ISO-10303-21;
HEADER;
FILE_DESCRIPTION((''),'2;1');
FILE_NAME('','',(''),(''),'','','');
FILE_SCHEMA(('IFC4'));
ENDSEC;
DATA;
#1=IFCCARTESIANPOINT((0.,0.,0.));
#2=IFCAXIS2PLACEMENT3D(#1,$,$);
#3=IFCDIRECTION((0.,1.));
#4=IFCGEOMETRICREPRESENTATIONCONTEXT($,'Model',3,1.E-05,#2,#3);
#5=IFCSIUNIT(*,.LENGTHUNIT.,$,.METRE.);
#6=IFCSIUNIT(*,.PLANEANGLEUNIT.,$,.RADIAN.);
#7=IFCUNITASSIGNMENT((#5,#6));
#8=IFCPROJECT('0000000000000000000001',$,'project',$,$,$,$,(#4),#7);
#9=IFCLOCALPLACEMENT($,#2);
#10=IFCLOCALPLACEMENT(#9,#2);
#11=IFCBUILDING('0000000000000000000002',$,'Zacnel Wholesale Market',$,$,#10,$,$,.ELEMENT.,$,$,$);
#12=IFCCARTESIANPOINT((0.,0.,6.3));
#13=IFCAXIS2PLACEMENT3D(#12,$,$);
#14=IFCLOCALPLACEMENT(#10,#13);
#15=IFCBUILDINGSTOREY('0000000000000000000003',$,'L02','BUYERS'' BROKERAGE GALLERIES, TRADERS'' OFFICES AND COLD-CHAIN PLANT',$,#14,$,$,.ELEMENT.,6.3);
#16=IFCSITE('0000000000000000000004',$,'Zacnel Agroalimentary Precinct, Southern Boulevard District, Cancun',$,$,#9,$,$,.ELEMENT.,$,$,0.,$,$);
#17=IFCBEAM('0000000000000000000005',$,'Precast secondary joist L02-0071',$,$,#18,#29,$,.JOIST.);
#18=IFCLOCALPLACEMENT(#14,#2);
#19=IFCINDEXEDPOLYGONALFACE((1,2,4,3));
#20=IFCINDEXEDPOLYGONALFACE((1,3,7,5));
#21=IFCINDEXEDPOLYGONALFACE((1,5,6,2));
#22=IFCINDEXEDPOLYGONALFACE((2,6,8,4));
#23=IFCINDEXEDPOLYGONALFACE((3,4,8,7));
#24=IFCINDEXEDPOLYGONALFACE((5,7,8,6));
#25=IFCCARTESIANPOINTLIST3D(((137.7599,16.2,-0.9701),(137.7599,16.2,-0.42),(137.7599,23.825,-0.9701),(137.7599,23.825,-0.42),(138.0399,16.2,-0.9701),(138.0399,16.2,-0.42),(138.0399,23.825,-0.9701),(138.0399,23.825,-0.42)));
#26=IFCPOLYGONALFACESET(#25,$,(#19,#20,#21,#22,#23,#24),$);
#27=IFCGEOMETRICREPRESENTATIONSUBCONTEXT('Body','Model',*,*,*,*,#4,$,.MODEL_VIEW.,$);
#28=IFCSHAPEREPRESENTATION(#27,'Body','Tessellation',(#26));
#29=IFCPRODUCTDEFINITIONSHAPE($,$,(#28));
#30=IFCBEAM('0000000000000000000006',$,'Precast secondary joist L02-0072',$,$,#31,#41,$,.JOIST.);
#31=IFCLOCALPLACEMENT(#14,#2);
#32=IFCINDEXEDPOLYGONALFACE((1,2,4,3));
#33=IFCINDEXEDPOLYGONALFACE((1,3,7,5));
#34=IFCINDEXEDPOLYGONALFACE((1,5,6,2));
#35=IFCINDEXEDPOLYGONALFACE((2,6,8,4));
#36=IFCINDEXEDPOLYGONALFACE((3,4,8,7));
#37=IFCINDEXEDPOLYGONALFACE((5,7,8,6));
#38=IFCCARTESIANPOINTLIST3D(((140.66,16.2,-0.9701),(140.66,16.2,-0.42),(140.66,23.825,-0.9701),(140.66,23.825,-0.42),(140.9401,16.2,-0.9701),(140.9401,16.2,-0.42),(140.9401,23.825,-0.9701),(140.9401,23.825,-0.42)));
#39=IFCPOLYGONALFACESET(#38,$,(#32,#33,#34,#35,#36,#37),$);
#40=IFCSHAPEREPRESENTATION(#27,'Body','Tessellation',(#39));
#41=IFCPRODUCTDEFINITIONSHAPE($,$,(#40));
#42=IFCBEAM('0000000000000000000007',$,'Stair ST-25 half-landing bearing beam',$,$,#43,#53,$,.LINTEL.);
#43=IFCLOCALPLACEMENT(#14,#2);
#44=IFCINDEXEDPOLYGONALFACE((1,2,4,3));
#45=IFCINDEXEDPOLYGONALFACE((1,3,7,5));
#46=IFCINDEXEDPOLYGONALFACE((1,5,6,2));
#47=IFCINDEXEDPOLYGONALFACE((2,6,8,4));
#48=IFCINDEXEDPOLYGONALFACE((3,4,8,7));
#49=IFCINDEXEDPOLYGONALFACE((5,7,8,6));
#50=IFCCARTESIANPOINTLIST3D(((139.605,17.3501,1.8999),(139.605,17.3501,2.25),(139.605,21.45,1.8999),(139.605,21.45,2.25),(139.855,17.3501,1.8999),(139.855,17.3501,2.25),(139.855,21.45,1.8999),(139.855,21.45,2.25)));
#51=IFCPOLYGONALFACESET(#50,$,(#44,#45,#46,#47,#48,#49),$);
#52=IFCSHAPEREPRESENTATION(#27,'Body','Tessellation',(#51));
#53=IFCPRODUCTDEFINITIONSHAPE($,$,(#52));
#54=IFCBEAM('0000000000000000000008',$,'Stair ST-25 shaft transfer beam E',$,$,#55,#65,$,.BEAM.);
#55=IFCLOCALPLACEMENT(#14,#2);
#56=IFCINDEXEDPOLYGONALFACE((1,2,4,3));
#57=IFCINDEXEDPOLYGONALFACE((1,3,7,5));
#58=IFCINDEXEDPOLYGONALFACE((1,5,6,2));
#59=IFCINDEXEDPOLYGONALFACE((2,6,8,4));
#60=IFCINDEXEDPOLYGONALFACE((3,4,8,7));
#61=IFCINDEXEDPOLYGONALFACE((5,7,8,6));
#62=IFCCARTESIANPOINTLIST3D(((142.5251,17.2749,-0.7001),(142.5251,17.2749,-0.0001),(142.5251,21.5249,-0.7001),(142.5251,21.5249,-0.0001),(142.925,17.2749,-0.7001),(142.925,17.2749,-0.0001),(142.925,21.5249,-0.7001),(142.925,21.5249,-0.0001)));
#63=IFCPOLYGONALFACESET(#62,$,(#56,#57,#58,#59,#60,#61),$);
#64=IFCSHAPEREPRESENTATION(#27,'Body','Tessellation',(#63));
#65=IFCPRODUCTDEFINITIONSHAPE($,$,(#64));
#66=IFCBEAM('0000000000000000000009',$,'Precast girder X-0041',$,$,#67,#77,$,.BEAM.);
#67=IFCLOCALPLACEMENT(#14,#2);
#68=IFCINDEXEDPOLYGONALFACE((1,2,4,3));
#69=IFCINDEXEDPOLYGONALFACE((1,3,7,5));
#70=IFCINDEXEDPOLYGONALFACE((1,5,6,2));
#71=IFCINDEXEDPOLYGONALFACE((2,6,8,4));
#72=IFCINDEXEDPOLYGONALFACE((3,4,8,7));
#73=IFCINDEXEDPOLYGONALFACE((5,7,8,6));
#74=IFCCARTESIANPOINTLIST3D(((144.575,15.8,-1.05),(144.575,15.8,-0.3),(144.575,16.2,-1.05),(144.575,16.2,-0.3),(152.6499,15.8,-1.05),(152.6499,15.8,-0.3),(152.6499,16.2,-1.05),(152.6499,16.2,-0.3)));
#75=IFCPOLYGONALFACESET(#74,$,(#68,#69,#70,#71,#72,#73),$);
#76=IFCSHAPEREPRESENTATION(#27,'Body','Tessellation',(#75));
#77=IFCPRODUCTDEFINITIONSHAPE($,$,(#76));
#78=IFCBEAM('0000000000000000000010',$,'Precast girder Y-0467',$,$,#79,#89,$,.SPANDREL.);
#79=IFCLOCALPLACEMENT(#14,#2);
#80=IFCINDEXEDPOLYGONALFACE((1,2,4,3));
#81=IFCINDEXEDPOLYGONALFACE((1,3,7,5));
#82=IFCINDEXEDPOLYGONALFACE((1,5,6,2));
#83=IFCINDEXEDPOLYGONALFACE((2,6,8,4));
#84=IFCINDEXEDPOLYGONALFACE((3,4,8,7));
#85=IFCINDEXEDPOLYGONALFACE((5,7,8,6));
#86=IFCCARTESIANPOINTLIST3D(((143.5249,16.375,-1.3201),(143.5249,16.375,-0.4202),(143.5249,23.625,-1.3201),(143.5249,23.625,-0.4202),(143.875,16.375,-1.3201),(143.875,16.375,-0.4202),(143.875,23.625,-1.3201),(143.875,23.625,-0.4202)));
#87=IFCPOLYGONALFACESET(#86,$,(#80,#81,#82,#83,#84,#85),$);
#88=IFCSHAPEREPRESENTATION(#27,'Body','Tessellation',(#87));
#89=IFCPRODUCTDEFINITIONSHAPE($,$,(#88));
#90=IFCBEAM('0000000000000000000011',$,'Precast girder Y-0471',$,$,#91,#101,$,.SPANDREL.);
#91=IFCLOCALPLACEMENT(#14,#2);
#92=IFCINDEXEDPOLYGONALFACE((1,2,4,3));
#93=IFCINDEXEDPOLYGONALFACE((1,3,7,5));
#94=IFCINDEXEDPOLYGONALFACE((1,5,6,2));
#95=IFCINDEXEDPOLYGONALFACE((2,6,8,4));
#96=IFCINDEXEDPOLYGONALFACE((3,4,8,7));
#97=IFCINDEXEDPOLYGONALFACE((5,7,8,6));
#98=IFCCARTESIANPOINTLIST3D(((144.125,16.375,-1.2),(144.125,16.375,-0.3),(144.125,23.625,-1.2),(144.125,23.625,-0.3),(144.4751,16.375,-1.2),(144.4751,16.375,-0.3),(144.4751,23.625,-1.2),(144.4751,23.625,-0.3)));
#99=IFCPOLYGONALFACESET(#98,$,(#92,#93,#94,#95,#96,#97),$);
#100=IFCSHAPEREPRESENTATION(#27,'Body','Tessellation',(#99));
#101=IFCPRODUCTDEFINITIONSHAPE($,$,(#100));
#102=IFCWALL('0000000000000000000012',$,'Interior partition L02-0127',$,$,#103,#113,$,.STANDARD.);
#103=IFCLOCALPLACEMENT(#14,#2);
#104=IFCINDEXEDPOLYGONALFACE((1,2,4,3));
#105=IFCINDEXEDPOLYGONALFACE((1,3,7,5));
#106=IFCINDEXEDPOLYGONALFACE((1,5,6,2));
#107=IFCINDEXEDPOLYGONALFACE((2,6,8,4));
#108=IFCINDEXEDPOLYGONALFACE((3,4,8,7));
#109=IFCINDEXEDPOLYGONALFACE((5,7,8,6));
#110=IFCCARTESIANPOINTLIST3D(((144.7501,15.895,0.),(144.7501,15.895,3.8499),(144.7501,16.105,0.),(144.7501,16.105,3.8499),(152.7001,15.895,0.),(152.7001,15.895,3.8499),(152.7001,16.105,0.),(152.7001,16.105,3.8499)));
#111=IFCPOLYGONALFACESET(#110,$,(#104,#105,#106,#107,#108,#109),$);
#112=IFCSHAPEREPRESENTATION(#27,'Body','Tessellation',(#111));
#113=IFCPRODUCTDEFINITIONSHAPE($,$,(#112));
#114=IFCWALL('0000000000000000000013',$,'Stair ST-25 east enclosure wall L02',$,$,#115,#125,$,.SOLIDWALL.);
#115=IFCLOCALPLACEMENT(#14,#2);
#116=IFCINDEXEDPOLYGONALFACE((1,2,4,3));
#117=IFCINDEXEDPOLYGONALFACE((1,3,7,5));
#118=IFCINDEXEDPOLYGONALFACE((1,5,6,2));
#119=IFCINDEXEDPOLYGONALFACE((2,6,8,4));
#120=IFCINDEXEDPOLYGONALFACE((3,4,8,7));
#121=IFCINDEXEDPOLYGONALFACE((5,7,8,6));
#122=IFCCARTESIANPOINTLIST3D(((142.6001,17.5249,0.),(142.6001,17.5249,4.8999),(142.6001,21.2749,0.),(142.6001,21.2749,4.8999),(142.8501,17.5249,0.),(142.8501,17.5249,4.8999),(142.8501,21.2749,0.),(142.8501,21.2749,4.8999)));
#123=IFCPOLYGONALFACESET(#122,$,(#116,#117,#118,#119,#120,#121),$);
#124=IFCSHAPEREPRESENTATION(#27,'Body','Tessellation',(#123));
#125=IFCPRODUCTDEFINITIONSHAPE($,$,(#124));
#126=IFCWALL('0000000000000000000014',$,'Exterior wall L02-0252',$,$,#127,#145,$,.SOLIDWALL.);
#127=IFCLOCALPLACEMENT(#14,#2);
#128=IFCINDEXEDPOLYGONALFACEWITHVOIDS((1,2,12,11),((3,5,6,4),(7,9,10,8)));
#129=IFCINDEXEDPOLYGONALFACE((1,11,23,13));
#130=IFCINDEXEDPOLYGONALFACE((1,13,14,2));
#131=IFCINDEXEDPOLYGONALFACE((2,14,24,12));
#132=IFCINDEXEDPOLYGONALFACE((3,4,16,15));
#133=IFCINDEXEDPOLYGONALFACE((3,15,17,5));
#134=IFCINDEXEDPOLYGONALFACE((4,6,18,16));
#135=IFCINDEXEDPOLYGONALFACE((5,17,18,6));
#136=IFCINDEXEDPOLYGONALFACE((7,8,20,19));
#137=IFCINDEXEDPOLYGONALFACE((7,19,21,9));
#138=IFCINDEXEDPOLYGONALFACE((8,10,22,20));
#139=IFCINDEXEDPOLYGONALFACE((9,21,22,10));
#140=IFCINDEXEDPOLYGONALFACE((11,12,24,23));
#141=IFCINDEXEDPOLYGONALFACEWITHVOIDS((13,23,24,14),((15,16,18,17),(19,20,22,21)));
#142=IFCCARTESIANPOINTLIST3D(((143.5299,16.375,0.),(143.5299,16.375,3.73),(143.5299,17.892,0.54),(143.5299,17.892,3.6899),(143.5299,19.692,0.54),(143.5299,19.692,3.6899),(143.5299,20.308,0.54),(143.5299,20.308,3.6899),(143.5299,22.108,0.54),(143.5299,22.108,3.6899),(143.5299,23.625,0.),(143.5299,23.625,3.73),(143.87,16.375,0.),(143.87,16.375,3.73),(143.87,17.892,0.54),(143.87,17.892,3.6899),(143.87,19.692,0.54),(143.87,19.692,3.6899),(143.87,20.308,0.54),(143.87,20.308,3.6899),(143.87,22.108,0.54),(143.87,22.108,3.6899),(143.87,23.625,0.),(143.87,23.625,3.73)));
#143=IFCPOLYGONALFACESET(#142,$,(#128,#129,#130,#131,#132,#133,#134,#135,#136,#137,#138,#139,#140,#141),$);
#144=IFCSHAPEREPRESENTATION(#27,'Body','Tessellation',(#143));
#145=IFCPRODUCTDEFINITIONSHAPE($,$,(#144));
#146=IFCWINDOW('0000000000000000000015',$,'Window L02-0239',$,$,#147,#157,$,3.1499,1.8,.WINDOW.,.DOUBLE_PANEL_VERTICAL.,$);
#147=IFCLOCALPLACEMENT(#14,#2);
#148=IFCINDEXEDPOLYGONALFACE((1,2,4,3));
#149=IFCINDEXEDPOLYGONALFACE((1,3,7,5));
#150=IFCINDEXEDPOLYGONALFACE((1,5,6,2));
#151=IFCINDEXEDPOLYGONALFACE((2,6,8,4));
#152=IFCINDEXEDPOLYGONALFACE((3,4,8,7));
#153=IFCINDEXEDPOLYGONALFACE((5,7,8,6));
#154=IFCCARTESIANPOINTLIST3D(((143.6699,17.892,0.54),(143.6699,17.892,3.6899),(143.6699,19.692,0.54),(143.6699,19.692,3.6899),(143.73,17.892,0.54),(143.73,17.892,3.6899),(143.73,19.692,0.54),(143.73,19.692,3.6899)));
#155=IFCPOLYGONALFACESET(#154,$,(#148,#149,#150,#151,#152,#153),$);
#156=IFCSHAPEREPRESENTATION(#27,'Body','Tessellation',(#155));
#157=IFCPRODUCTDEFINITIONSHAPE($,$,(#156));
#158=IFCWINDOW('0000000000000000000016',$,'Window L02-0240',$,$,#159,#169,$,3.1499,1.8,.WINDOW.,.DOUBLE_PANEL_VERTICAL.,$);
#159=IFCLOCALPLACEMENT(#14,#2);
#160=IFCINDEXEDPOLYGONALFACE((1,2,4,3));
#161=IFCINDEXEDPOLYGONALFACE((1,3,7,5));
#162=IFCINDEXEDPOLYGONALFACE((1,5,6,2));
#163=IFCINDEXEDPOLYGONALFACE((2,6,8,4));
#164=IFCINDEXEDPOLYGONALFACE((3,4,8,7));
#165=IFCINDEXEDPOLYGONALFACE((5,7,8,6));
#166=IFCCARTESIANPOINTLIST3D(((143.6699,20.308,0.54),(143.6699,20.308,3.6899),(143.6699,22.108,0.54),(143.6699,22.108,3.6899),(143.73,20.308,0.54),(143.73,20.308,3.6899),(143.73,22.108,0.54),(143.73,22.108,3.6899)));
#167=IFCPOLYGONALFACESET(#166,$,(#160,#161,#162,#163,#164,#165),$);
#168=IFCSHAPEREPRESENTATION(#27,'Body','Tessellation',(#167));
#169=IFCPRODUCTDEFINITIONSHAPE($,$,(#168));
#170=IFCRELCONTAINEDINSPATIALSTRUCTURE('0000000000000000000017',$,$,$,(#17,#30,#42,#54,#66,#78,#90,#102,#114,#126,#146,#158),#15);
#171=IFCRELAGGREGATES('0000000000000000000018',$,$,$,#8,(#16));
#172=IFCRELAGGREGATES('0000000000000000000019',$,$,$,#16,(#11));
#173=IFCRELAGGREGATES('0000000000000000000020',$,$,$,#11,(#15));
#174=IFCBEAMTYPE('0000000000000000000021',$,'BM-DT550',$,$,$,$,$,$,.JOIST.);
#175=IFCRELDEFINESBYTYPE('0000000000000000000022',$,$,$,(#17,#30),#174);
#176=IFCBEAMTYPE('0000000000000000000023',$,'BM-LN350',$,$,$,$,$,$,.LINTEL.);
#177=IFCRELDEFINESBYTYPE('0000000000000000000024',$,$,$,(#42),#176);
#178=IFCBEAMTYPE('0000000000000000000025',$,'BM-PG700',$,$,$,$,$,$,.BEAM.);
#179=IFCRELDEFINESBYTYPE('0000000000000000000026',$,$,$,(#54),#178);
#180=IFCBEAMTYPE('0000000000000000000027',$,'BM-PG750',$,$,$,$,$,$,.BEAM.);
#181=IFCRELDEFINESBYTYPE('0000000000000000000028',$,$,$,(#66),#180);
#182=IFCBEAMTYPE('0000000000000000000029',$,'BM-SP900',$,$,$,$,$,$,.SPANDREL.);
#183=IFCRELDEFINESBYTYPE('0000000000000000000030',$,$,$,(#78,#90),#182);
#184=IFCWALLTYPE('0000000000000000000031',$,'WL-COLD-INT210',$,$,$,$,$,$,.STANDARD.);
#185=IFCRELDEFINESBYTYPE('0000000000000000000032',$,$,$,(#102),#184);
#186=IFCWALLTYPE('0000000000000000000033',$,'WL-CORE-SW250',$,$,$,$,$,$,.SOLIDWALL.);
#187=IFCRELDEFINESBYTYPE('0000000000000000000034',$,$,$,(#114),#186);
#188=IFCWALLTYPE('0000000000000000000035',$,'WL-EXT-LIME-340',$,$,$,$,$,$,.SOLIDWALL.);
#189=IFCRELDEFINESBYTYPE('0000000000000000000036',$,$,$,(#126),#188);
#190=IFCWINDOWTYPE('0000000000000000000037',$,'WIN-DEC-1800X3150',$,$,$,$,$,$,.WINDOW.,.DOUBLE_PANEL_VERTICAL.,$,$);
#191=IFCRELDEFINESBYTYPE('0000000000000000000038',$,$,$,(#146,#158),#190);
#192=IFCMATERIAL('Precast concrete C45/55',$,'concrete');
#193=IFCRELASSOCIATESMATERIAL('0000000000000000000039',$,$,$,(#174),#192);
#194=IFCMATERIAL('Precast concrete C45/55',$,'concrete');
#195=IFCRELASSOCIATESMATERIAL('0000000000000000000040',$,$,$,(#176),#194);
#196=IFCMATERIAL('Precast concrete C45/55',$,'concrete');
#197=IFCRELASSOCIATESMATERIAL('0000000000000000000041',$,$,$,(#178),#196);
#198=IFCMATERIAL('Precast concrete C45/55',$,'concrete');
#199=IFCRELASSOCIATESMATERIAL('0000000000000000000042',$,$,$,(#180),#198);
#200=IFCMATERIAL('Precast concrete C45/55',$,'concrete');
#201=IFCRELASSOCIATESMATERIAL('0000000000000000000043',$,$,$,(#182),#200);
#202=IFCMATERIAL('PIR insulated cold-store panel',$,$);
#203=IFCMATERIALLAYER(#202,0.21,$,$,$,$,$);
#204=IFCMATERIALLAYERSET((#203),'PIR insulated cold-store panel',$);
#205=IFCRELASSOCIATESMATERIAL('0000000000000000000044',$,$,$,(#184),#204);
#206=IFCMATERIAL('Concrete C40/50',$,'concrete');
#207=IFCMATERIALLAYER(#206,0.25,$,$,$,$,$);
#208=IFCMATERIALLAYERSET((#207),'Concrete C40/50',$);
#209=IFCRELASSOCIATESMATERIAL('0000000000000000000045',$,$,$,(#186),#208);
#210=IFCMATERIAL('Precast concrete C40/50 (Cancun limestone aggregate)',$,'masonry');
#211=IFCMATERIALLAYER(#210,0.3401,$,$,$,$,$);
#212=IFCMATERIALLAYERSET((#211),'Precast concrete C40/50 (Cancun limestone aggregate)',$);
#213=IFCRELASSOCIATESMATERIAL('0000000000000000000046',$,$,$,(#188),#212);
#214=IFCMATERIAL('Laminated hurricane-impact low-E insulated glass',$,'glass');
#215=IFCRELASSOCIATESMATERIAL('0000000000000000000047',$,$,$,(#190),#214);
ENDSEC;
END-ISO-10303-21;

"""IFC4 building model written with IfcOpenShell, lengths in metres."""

from ifc_helpers import new_model, si_unit, direction, frame, frame_2d, origin, origin_2d, place, context, subcontext, project, spatial, rectangle, extrude, material, layer, layer_set, material_profile, profile_set, type_object, element, fill, save


model = new_model("IFC4")

# Units and contexts
model_context = context("Model", 3, precision=1e-05, world=origin(), true_north=direction((0.0, 1.0)))
body_context = subcontext(model_context, "Body", "Model", "MODEL_VIEW")
ifc_project = project(units=[si_unit("LENGTHUNIT", "METRE"), si_unit("PLANEANGLEUNIT", "RADIAN")], contexts=[model_context])

# Site, building, storey
site_placement = place(None, origin())
site = spatial("IfcSite", under=ifc_project, at=site_placement, Name="Zacnel Agroalimentary Precinct, Southern Boulevard District, Cancun", CompositionType="ELEMENT", RefElevation=0.0)
building_placement = place(site_placement, origin())
building = spatial("IfcBuilding", under=site, at=building_placement, Name="Zacnel Wholesale Market", CompositionType="ELEMENT")
storey_placement = place(building_placement, frame((0.0, 0.0, 6.3)))
storey = spatial("IfcBuildingStorey", under=building, at=storey_placement, Name="L02", Description="BUYERS' BROKERAGE GALLERIES, TRADERS' OFFICES AND COLD-CHAIN PLANT", CompositionType="ELEMENT", Elevation=6.3)

# Beams
ifc_material_1 = material(Name="Precast concrete C45/55", Category="concrete")
ifc_material_profile_1 = material_profile(ifc_material_1, rectangle(XDim=0.28, YDim=0.55, at=origin_2d()), Name="DT RIB 280x550")
ifc_profile_set_1 = profile_set([ifc_material_profile_1], Name="Precast concrete C45/55")
beam_type_1 = type_object("IfcBeamType", Name="BM-DT550", PredefinedType="JOIST", material=ifc_profile_set_1)
for number, where, z_axis, x_axis, name in (
    (1, (137.8999, 16.2, -0.6951), (0.0, 1.0, 0.0), (-1.0, 0.0, 0.0), "Precast secondary joist L02-0071"),
    (2, (140.8, 16.2, -0.6951), (0.0, 1.0, 0.0), (-1.0, 0.0, 0.0), "Precast secondary joist L02-0072"),
):
    element("IfcBeam", number, at=place(storey_placement, frame(where, z_axis=z_axis, x_axis=x_axis)), inside=storey, type_object=beam_type_1, Name=name, PredefinedType="JOIST", context=body_context, shape_type="SweptSolid", body=[
        extrude(rectangle(XDim=0.28, YDim=0.55, at=origin_2d()), origin(), (0.0, 0.0, 1.0), 7.625),
    ])
ifc_material_2 = material(Name="Precast concrete C45/55", Category="concrete")
ifc_material_profile_2 = material_profile(ifc_material_2, rectangle(XDim=0.25, YDim=0.3501, at=origin_2d()), Name="LN 250x350")
ifc_profile_set_2 = profile_set([ifc_material_profile_2], Name="Precast concrete C45/55")
beam_type_2 = type_object("IfcBeamType", Name="BM-LN350", PredefinedType="LINTEL", material=ifc_profile_set_2)
beam_1_placement = place(storey_placement, frame((139.73, 17.3501, 2.075), z_axis=(0.0, 1.0, 0.0), x_axis=(-1.0, 0.0, 0.0)))
element("IfcBeam", 3, at=beam_1_placement, inside=storey, type_object=beam_type_2, Name="Stair ST-25 half-landing bearing beam", PredefinedType="LINTEL", context=body_context, shape_type="SweptSolid", body=[
    extrude(rectangle(XDim=0.25, YDim=0.3501, at=origin_2d()), origin(), (0.0, 0.0, 1.0), 4.0999),
])
ifc_material_3 = material(Name="Precast concrete C45/55", Category="concrete")
ifc_material_profile_3 = material_profile(ifc_material_3, rectangle(XDim=0.3999, YDim=0.7, at=origin_2d()), Name="PG 400x700")
ifc_profile_set_3 = profile_set([ifc_material_profile_3], Name="Precast concrete C45/55")
beam_type_3 = type_object("IfcBeamType", Name="BM-PG700", PredefinedType="BEAM", material=ifc_profile_set_3)
beam_2_placement = place(storey_placement, frame((142.7251, 17.2749, -0.3501), z_axis=(0.0, 1.0, 0.0), x_axis=(-1.0, 0.0, 0.0)))
element("IfcBeam", 4, at=beam_2_placement, inside=storey, type_object=beam_type_3, Name="Stair ST-25 shaft transfer beam E", PredefinedType="BEAM", context=body_context, shape_type="SweptSolid", body=[
    extrude(rectangle(XDim=0.3999, YDim=0.7, at=origin_2d()), origin(), (0.0, 0.0, 1.0), 4.25),
])
ifc_material_4 = material(Name="Precast concrete C45/55", Category="concrete")
ifc_material_profile_4 = material_profile(ifc_material_4, rectangle(XDim=0.3999, YDim=0.75, at=origin_2d()), Name="PG 400x750")
ifc_profile_set_4 = profile_set([ifc_material_profile_4], Name="Precast concrete C45/55")
beam_type_4 = type_object("IfcBeamType", Name="BM-PG750", PredefinedType="BEAM", material=ifc_profile_set_4)
beam_3_placement = place(storey_placement, frame((144.575, 16.0, -0.675), z_axis=(1.0, 0.0, 0.0), x_axis=(0.0, 1.0, 0.0)))
element("IfcBeam", 5, at=beam_3_placement, inside=storey, type_object=beam_type_4, Name="Precast girder X-0041", PredefinedType="BEAM", context=body_context, shape_type="SweptSolid", body=[
    extrude(rectangle(XDim=0.3999, YDim=0.75, at=origin_2d()), origin(), (0.0, 0.0, 1.0), 8.075),
])
ifc_material_5 = material(Name="Precast concrete C45/55", Category="concrete")
ifc_material_profile_5 = material_profile(ifc_material_5, rectangle(XDim=0.3501, YDim=0.8999, at=origin_2d()), Name="SP 350x900")
ifc_profile_set_5 = profile_set([ifc_material_profile_5], Name="Precast concrete C45/55")
beam_type_5 = type_object("IfcBeamType", Name="BM-SP900", PredefinedType="SPANDREL", material=ifc_profile_set_5)
for number, where, z_axis, x_axis, name in (
    (6, (143.7, 16.375, -0.8701), (0.0, 1.0, 0.0), (-1.0, 0.0, 0.0), "Precast girder Y-0467"),
    (7, (144.3, 16.375, -0.75), (0.0, 1.0, 0.0), (-1.0, 0.0, 0.0), "Precast girder Y-0471"),
):
    element("IfcBeam", number, at=place(storey_placement, frame(where, z_axis=z_axis, x_axis=x_axis)), inside=storey, type_object=beam_type_5, Name=name, PredefinedType="SPANDREL", context=body_context, shape_type="SweptSolid", body=[
        extrude(rectangle(XDim=0.3501, YDim=0.8999, at=origin_2d()), origin(), (0.0, 0.0, 1.0), 7.25),
    ])

# Walls
ifc_material_6 = material(Name="PIR insulated cold-store panel")
ifc_layer_1 = layer(ifc_material_6, 0.21)
ifc_layer_set_1 = layer_set([ifc_layer_1], Name="PIR insulated cold-store panel")
wall_type_1 = type_object("IfcWallType", Name="WL-COLD-INT210", PredefinedType="STANDARD", material=ifc_layer_set_1)
wall_1_placement = place(storey_placement, frame((144.75, 16.0, 0.0), z_axis=(0.0, 0.0, 1.0), x_axis=(1.0, 0.0, 0.0)))
element("IfcWall", 8, at=wall_1_placement, inside=storey, type_object=wall_type_1, Name="Interior partition L02-0127", PredefinedType="STANDARD", context=body_context, shape_type="SweptSolid", body=[
    extrude(rectangle(XDim=7.95, YDim=0.21, at=frame_2d((3.9751, 0.0))), origin(), (0.0, 0.0, 1.0), 3.8499),
])
ifc_material_7 = material(Name="Concrete C40/50", Category="concrete")
ifc_layer_2 = layer(ifc_material_7, 0.25)
ifc_layer_set_2 = layer_set([ifc_layer_2], Name="Concrete C40/50")
wall_type_2 = type_object("IfcWallType", Name="WL-CORE-SW250", PredefinedType="SOLIDWALL", material=ifc_layer_set_2)
wall_2_placement = place(storey_placement, frame((142.7251, 17.5249, 0.0), z_axis=(0.0, 0.0, 1.0), x_axis=(0.0, 1.0, 0.0)))
element("IfcWall", 9, at=wall_2_placement, inside=storey, type_object=wall_type_2, Name="Stair ST-25 east enclosure wall L02", PredefinedType="SOLIDWALL", context=body_context, shape_type="SweptSolid", body=[
    extrude(rectangle(XDim=3.75, YDim=0.25, at=frame_2d((1.875, 0.0))), origin(), (0.0, 0.0, 1.0), 4.8999),
])

# Wall, openings, windows
ifc_material_8 = material(Name="Precast concrete C40/50 (Cancun limestone aggregate)", Category="masonry")
ifc_layer_3 = layer(ifc_material_8, 0.3401)
ifc_layer_set_3 = layer_set([ifc_layer_3], Name="Precast concrete C40/50 (Cancun limestone aggregate)")
wall_type_3 = type_object("IfcWallType", Name="WL-EXT-LIME-340", PredefinedType="SOLIDWALL", material=ifc_layer_set_3)
wall_3_placement = place(storey_placement, frame((143.7, 16.375, 0.0), z_axis=(0.0, 0.0, 1.0), x_axis=(0.0, 1.0, 0.0)))
wall_3 = element("IfcWall", 10, at=wall_3_placement, inside=storey, type_object=wall_type_3, Name="Exterior wall L02-0252", PredefinedType="SOLIDWALL", context=body_context, shape_type="SweptSolid", body=[
    extrude(rectangle(XDim=7.25, YDim=0.3401, at=frame_2d((3.625, 0.0))), origin(), (0.0, 0.0, 1.0), 3.73),
])
opening_1_placement = place(wall_3_placement, frame((1.5171, 0.0, 0.54)))
opening_1 = element("IfcOpeningElement", 11, at=opening_1_placement, cuts=wall_3, PredefinedType="OPENING", context=body_context, shape_type="SweptSolid", body=[
    extrude(rectangle(XDim=1.8, YDim=3.1499, at=frame_2d((0.8999, 1.575))), frame((0.0, 0.1799, 0.0), z_axis=(0.0, -1.0, 0.0), x_axis=(1.0, 0.0, 0.0)), (0.0, 0.0, 1.0), 0.3601),
])
opening_2_placement = place(wall_3_placement, frame((3.9331, 0.0, 0.54)))
opening_2 = element("IfcOpeningElement", 12, at=opening_2_placement, cuts=wall_3, PredefinedType="OPENING", context=body_context, shape_type="SweptSolid", body=[
    extrude(rectangle(XDim=1.8, YDim=3.1499, at=frame_2d((0.8999, 1.575))), frame((0.0, 0.1799, 0.0), z_axis=(0.0, -1.0, 0.0), x_axis=(1.0, 0.0, 0.0)), (0.0, 0.0, 1.0), 0.3601),
])
ifc_material_9 = material(Name="Laminated hurricane-impact low-E insulated glass", Category="glass")
window_type_1 = type_object("IfcWindowType", Name="WIN-DEC-1800X3150", PartitioningType="DOUBLE_PANEL_VERTICAL", PredefinedType="WINDOW", material=ifc_material_9)
window_1_placement = place(opening_1_placement, origin())
window_1 = element("IfcWindow", 13, at=window_1_placement, inside=storey, type_object=window_type_1, Name="Window L02-0239", OverallHeight=3.1499, OverallWidth=1.8, PartitioningType="DOUBLE_PANEL_VERTICAL", PredefinedType="WINDOW", context=body_context, shape_type="SweptSolid", body=[
    extrude(rectangle(XDim=1.8, YDim=3.1499, at=frame_2d((0.8999, 1.575))), frame((0.0, 0.03, 0.0), z_axis=(0.0, -1.0, 0.0), x_axis=(1.0, 0.0, 0.0)), (0.0, 0.0, 1.0), 0.0601),
])
fill(opening_1, window_1)
window_2_placement = place(opening_2_placement, origin())
window_2 = element("IfcWindow", 14, at=window_2_placement, inside=storey, type_object=window_type_1, Name="Window L02-0240", OverallHeight=3.1499, OverallWidth=1.8, PartitioningType="DOUBLE_PANEL_VERTICAL", PredefinedType="WINDOW", context=body_context, shape_type="SweptSolid", body=[
    extrude(rectangle(XDim=1.8, YDim=3.1499, at=frame_2d((0.8999, 1.575))), frame((0.0, 0.03, 0.0), z_axis=(0.0, -1.0, 0.0), x_axis=(1.0, 0.0, 0.0)), (0.0, 0.0, 1.0), 0.0601),
])
fill(opening_2, window_2)

save(model, "model.ifc")
